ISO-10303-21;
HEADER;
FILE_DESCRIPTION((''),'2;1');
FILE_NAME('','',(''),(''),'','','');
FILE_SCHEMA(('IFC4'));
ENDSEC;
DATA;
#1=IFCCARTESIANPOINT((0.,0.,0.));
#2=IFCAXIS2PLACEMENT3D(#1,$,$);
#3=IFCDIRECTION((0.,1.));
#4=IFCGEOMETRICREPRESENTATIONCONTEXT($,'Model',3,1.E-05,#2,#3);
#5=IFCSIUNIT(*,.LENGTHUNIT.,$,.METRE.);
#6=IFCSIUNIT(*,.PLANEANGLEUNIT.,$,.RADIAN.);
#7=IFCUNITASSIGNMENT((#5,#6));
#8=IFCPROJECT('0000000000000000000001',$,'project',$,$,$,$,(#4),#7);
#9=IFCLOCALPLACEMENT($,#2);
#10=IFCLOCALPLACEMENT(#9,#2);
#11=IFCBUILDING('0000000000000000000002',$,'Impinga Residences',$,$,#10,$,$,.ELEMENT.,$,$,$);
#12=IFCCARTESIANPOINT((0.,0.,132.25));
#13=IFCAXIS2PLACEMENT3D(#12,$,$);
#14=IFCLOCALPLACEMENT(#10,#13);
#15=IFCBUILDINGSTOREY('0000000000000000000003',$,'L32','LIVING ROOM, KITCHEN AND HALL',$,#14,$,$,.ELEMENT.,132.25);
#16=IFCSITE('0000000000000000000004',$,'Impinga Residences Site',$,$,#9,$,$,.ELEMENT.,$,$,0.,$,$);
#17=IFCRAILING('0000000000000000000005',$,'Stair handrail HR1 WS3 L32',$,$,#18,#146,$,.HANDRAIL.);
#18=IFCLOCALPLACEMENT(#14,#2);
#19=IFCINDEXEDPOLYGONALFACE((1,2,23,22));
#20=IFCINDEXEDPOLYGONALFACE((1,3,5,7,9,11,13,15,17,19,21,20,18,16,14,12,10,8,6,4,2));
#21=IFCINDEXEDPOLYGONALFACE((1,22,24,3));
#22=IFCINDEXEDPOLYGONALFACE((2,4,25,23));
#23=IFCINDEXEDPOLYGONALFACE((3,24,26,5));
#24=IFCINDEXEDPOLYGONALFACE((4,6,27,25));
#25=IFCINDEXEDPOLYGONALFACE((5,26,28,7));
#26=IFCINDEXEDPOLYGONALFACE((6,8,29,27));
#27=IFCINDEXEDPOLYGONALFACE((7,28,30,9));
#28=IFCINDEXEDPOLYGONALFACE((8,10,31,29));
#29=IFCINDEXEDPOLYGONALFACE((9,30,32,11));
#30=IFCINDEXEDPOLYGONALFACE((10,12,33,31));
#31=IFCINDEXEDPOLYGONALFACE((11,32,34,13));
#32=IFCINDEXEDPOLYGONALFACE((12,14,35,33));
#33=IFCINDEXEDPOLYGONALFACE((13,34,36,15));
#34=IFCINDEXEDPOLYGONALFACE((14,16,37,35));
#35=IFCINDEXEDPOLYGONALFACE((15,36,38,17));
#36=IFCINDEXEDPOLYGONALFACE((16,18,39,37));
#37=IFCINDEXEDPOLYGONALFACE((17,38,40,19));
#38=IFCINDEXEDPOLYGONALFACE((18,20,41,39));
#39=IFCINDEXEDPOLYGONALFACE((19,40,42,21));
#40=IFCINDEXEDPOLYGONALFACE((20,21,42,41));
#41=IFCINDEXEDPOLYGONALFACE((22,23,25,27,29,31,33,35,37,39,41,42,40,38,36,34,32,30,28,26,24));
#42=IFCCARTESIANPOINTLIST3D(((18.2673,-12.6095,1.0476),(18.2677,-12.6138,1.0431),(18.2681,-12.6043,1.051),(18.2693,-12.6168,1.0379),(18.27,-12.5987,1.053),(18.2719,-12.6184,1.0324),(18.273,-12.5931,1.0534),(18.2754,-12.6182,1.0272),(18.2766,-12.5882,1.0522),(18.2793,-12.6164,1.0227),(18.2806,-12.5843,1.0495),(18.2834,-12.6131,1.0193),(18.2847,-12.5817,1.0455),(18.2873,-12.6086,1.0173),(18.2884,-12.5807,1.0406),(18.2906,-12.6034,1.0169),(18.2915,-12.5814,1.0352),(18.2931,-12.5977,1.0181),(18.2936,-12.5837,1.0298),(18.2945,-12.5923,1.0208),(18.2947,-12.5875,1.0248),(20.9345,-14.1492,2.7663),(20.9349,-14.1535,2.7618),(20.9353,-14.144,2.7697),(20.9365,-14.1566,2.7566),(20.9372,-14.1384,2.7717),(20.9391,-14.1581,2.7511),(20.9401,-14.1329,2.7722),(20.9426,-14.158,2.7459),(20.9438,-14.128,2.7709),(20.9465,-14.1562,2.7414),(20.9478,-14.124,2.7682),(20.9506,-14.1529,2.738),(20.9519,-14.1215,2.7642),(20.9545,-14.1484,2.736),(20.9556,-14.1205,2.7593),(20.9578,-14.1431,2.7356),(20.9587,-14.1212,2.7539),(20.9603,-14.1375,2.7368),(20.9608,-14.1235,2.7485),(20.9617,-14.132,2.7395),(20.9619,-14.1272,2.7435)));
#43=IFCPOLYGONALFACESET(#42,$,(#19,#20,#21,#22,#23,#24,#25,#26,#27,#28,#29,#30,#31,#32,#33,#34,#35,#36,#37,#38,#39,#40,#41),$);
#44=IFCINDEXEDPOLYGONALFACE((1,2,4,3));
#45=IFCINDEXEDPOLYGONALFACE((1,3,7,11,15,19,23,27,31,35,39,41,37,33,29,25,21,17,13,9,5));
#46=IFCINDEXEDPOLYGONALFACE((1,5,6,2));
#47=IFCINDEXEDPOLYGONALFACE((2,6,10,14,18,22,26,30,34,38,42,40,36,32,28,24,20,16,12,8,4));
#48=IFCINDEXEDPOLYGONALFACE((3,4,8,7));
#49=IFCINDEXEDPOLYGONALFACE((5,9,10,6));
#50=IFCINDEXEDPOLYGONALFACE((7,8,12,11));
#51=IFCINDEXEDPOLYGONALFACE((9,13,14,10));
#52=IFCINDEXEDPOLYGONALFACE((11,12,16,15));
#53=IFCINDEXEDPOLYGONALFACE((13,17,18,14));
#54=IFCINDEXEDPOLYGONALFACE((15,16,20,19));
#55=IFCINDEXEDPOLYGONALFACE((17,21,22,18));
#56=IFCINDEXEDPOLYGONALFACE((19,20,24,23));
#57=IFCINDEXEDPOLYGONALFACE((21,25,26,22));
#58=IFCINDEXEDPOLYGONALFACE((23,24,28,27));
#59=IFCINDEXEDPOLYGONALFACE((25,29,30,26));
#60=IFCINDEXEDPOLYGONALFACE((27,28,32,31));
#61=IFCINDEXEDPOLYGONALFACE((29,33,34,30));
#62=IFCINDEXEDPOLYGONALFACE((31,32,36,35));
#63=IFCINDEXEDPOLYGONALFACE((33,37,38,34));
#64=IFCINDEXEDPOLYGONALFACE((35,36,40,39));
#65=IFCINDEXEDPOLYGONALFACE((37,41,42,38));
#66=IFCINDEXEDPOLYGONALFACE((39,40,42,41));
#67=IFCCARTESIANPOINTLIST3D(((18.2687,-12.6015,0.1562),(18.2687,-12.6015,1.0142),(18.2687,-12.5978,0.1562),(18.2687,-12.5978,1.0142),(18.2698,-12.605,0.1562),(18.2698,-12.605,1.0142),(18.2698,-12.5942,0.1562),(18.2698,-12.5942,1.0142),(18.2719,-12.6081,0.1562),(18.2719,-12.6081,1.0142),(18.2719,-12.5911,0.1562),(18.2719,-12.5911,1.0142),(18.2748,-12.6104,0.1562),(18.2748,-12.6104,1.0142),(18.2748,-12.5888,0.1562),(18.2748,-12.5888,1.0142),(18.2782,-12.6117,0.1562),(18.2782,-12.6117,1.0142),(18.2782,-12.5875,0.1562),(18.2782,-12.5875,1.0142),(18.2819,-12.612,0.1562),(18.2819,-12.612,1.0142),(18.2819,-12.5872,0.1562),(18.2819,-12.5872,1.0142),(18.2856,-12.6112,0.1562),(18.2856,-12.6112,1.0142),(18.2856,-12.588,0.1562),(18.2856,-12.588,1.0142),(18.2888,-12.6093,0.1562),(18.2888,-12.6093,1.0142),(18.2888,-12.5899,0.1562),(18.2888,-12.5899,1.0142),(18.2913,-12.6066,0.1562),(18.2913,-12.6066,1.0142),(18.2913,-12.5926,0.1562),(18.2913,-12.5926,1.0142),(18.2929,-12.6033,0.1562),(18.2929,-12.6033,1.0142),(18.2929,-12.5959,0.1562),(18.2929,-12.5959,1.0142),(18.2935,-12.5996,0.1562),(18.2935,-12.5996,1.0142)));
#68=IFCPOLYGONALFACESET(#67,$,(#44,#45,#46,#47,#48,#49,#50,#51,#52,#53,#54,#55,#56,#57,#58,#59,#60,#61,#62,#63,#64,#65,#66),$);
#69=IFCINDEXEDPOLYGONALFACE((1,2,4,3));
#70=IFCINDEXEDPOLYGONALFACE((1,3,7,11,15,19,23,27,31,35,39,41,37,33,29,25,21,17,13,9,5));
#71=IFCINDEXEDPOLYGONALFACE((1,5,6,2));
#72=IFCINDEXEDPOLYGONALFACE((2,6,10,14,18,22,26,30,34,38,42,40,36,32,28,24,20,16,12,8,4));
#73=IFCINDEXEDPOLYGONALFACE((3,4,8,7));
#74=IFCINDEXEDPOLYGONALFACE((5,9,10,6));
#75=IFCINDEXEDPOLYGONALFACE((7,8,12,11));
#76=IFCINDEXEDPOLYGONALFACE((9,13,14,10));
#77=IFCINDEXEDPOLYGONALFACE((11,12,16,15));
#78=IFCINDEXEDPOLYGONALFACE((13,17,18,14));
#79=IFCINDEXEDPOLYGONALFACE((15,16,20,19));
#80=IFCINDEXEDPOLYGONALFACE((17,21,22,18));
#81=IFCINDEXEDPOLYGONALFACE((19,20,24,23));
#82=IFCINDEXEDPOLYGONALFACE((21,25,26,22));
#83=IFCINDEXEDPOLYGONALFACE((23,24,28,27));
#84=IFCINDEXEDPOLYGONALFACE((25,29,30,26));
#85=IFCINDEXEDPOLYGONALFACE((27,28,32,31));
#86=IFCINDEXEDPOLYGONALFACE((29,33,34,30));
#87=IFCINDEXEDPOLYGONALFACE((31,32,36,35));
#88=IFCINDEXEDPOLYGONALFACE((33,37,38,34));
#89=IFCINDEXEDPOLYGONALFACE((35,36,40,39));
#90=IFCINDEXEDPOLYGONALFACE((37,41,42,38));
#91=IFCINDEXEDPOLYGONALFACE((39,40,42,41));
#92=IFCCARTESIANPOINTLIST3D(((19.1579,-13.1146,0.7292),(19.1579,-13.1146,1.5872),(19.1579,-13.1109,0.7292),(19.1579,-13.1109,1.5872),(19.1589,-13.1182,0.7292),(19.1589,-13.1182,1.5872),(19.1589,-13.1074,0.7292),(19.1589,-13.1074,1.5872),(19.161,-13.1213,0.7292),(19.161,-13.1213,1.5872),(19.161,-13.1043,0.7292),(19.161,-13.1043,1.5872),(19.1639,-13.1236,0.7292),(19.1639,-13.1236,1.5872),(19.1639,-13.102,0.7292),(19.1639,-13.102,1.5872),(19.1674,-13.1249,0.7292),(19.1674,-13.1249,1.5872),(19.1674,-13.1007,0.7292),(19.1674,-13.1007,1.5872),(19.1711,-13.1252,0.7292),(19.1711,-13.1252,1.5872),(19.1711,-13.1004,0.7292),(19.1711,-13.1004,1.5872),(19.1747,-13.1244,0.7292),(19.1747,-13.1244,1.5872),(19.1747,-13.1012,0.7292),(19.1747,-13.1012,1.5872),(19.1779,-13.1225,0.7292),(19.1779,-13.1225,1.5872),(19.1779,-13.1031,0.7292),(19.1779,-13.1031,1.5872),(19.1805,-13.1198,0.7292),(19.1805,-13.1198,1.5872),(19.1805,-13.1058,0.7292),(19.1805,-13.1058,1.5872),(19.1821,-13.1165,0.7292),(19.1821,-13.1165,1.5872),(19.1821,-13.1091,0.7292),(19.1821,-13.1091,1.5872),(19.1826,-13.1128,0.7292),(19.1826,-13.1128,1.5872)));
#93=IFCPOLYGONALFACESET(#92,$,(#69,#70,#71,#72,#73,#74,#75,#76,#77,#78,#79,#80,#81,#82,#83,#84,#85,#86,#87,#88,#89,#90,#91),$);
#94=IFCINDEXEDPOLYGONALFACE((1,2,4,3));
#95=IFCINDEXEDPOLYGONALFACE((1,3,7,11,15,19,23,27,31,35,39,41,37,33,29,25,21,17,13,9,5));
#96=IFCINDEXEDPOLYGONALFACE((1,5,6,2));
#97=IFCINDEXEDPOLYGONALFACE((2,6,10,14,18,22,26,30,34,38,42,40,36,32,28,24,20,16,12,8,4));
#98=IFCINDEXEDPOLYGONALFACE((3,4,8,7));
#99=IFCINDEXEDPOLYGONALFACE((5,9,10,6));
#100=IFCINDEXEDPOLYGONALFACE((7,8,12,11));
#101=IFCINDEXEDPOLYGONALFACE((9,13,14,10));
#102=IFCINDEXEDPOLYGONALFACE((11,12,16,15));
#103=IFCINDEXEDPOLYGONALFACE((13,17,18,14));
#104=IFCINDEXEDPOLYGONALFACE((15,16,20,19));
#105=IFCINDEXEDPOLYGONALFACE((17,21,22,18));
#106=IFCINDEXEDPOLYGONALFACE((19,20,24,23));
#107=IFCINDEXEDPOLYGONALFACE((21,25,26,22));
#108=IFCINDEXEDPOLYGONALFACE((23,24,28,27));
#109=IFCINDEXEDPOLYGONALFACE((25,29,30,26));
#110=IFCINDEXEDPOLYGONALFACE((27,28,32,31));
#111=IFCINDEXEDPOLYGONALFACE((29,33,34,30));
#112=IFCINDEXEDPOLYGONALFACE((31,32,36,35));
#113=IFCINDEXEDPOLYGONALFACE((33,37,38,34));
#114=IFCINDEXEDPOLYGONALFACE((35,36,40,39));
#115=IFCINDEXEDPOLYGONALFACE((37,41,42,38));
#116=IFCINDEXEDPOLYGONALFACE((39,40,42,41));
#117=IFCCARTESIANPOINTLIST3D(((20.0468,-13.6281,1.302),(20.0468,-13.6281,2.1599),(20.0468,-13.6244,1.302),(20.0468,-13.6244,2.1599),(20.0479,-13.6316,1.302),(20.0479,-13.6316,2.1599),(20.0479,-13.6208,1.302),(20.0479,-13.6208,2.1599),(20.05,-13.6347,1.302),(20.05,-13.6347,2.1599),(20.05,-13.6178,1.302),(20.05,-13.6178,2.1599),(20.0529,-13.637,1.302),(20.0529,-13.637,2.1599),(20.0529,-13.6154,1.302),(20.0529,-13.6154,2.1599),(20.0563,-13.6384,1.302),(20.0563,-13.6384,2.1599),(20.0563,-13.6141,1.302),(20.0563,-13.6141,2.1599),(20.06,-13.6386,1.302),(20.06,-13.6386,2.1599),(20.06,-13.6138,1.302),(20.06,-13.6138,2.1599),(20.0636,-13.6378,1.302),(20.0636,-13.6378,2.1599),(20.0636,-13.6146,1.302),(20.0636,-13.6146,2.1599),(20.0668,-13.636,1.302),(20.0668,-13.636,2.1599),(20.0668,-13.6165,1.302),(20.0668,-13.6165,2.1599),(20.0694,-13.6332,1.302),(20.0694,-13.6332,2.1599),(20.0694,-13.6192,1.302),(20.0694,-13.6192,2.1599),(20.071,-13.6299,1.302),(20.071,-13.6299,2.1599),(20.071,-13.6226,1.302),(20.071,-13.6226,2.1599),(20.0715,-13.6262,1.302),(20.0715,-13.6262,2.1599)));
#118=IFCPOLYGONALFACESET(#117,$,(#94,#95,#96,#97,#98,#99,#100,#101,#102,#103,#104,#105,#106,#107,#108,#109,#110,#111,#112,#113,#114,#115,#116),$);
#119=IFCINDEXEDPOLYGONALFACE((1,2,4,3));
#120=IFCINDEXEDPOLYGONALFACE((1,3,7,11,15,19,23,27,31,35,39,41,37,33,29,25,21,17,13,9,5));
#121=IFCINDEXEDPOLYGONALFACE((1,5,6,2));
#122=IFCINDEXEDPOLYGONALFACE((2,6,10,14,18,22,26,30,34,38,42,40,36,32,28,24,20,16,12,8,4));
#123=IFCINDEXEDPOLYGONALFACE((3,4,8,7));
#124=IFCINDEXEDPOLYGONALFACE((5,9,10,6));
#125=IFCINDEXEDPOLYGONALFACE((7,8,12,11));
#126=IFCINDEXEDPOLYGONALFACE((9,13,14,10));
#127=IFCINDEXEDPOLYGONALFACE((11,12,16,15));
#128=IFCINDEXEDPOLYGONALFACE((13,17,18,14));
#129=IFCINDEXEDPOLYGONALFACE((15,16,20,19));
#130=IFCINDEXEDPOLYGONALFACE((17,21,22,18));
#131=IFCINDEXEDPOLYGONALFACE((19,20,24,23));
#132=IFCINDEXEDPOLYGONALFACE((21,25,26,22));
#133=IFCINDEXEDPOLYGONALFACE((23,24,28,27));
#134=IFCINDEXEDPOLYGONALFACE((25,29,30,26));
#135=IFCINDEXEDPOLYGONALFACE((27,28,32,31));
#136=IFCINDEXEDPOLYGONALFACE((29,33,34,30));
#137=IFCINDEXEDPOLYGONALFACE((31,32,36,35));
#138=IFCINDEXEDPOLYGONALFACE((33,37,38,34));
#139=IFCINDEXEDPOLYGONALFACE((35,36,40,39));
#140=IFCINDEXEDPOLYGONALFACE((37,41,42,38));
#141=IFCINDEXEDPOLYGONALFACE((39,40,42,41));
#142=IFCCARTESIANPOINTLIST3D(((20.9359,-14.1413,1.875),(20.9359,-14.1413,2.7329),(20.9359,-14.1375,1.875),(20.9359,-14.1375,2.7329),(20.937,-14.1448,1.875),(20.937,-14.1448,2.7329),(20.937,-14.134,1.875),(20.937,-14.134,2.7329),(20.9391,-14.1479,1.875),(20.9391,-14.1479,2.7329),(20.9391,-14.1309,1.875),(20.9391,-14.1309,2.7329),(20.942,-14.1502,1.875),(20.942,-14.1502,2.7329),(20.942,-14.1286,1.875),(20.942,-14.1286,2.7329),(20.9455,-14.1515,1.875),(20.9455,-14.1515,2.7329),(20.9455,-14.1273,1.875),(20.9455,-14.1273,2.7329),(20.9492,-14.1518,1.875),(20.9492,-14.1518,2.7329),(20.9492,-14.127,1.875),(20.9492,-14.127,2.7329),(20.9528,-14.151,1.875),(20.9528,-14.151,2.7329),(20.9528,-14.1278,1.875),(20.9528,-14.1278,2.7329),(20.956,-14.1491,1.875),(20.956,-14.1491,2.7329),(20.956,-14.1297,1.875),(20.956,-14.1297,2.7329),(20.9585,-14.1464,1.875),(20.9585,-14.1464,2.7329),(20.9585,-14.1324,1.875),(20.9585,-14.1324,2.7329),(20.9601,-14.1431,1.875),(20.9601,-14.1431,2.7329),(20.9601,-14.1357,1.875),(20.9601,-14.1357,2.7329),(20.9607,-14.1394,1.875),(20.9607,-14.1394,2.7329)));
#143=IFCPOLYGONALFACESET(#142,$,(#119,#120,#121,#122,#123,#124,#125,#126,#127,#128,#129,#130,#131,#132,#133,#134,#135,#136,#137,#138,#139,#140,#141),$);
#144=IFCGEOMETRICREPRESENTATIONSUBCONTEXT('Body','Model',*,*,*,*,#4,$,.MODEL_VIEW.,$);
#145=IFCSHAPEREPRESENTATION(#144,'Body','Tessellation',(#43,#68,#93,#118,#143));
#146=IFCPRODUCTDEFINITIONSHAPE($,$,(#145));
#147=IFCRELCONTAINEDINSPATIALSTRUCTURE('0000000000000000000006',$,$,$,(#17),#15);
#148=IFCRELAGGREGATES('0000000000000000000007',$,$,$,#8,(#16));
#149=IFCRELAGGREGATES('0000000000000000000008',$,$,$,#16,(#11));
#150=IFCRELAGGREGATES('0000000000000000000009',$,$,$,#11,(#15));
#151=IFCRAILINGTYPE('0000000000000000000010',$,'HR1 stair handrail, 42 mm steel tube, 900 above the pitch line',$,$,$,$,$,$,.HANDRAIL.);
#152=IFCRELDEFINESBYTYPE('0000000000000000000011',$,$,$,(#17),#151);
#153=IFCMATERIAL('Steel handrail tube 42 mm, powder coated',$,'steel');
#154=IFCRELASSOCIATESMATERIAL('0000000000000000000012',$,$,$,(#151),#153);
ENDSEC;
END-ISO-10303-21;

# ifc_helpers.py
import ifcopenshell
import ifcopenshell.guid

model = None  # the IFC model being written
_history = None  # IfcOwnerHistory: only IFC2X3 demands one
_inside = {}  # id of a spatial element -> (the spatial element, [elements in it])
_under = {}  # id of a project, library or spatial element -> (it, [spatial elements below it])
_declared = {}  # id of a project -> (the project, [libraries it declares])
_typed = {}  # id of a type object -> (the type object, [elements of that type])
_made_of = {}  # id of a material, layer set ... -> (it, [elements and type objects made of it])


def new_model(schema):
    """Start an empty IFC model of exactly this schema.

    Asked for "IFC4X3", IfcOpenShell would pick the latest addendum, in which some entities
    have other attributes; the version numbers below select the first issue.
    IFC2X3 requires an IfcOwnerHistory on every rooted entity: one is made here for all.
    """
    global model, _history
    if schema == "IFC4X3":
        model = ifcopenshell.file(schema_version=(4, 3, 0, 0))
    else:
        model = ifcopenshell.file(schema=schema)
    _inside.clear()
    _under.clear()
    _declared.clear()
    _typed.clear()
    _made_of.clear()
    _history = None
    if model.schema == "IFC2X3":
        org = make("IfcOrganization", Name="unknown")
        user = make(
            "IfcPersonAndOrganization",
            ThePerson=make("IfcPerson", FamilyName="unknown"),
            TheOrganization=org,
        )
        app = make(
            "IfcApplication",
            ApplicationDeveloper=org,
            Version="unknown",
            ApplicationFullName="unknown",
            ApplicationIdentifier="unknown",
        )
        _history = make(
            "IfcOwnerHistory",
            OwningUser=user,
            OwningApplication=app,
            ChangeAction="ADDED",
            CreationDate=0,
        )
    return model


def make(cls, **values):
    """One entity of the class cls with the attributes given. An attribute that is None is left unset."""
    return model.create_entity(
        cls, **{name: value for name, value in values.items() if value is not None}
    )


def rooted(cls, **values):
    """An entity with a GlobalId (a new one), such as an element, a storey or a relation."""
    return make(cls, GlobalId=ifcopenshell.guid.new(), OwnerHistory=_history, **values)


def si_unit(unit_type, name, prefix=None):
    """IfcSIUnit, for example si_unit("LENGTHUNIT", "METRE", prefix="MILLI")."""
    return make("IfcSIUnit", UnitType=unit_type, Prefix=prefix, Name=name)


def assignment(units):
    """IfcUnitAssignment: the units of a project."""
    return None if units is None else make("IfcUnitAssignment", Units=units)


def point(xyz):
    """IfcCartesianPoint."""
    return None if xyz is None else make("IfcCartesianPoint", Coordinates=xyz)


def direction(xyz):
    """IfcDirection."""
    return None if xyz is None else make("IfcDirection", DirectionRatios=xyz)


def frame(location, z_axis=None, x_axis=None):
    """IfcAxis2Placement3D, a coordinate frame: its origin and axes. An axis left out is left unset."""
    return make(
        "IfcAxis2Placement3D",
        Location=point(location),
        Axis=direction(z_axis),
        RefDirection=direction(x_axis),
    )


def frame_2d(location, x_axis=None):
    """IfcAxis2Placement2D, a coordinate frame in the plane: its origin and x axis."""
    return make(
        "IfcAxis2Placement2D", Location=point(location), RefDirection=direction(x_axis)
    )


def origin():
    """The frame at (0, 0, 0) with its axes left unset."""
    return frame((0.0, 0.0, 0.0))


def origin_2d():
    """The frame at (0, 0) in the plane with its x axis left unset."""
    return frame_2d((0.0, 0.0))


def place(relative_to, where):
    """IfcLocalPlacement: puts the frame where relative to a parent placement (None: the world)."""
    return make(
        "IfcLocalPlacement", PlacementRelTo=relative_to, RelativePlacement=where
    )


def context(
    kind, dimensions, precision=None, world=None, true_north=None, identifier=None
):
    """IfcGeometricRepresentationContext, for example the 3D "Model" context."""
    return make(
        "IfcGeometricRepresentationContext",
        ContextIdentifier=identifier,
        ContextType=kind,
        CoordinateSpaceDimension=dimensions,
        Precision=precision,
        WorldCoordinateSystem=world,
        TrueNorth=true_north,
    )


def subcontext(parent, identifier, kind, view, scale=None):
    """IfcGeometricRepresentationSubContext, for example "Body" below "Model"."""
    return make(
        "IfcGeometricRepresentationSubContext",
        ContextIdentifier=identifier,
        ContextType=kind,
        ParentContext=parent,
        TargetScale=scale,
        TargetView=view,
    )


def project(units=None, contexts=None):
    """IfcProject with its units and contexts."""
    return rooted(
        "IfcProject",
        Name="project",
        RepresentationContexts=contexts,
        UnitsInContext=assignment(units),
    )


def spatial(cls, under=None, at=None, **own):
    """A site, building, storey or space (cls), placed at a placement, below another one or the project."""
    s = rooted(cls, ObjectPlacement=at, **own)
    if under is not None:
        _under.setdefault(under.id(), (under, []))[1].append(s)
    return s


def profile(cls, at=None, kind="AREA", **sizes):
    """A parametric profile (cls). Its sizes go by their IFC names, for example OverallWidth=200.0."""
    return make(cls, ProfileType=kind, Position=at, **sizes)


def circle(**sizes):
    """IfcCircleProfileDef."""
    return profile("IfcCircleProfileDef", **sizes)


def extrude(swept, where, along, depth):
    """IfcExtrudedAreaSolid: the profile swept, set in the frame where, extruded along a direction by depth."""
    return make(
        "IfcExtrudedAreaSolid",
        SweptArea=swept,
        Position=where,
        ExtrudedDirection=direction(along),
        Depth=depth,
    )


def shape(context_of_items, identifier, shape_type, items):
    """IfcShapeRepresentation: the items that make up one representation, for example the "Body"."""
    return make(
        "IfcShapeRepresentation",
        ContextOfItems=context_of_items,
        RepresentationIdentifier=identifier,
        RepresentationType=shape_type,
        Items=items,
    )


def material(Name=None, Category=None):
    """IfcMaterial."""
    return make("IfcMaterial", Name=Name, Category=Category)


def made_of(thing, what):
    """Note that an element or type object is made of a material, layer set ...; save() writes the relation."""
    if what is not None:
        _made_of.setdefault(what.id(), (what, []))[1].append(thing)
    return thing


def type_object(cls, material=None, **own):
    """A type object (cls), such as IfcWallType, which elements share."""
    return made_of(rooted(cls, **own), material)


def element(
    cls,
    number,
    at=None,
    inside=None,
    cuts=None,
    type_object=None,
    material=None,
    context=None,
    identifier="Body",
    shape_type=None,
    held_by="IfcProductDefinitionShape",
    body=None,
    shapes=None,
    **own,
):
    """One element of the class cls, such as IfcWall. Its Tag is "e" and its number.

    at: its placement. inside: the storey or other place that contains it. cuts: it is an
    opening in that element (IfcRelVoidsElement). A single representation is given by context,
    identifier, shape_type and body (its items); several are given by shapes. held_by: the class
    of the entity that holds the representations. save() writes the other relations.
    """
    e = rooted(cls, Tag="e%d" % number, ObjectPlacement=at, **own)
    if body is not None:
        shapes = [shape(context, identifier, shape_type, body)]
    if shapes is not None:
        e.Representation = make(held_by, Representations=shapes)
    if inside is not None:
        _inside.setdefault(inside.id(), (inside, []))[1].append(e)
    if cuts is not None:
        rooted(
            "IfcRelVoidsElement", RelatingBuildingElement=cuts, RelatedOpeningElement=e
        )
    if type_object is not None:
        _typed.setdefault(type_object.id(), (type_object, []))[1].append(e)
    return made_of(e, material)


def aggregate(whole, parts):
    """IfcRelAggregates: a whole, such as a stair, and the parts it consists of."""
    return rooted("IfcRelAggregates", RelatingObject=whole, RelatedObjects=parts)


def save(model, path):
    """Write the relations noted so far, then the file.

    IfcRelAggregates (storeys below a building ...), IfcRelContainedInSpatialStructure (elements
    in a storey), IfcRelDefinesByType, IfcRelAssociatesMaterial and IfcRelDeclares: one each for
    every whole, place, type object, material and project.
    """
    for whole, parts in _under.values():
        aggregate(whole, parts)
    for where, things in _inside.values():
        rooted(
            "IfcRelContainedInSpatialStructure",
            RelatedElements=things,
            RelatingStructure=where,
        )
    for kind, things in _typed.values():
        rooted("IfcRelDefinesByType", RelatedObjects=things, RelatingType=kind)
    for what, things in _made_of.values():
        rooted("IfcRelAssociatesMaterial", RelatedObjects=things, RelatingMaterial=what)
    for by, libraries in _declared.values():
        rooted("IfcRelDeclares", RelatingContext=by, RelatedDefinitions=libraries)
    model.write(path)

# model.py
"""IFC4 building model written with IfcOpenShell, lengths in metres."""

from ifc_helpers import new_model, si_unit, direction, frame, origin, origin_2d, place, context, subcontext, project, spatial, circle, extrude, material, type_object, element, save


model = new_model("IFC4")

# Units and contexts
model_context = context("Model", 3, precision=1e-05, world=origin(), true_north=direction((0.0, 1.0)))
body_context = subcontext(model_context, "Body", "Model", "MODEL_VIEW")
ifc_project = project(units=[si_unit("LENGTHUNIT", "METRE"), si_unit("PLANEANGLEUNIT", "RADIAN")], contexts=[model_context])

# Site, building, storey
site_placement = place(None, origin())
site = spatial("IfcSite", under=ifc_project, at=site_placement, Name="Impinga Residences Site", CompositionType="ELEMENT", RefElevation=0.0)
building_placement = place(site_placement, origin())
building = spatial("IfcBuilding", under=site, at=building_placement, Name="Impinga Residences", CompositionType="ELEMENT")
storey_placement = place(building_placement, frame((0.0, 0.0, 132.25)))
storey = spatial("IfcBuildingStorey", under=building, at=storey_placement, Name="L32", Description="LIVING ROOM, KITCHEN AND HALL", CompositionType="ELEMENT", Elevation=132.25)

# Railing
ifc_material_1 = material(Name="Steel handrail tube 42 mm, powder coated", Category="steel")
railing_type_1 = type_object("IfcRailingType", Name="HR1 stair handrail, 42 mm steel tube, 900 above the pitch line", PredefinedType="HANDRAIL", material=ifc_material_1)
railing_1_placement = place(storey_placement, frame((18.281, -12.5996, 0.1562)))
element("IfcRailing", 1, at=railing_1_placement, inside=storey, type_object=railing_type_1, Name="Stair handrail HR1 WS3 L32", PredefinedType="HANDRAIL", context=body_context, shape_type="SweptSolid", body=[
    extrude(circle(Radius=0.021, at=origin_2d()), frame((0.0, 0.0, 0.8789), z_axis=(0.756249, -0.436582, 0.487322), x_axis=(0.499967, 0.866044, 0.0)), (0.0, 0.0, 1.0), 3.5269),
    extrude(circle(Radius=0.0125, at=origin_2d()), origin(), (0.0, 0.0, 1.0), 0.8579),
    extrude(circle(Radius=0.0125, at=origin_2d()), frame((0.8892, -0.5132, 0.573)), (0.0, 0.0, 1.0), 0.8579),
    extrude(circle(Radius=0.0125, at=origin_2d()), frame((1.7781, -1.0266, 1.1458)), (0.0, 0.0, 1.0), 0.8579),
    extrude(circle(Radius=0.0125, at=origin_2d()), frame((2.6672, -1.5398, 1.7188)), (0.0, 0.0, 1.0), 0.8579),
])

save(model, "model.ifc")
